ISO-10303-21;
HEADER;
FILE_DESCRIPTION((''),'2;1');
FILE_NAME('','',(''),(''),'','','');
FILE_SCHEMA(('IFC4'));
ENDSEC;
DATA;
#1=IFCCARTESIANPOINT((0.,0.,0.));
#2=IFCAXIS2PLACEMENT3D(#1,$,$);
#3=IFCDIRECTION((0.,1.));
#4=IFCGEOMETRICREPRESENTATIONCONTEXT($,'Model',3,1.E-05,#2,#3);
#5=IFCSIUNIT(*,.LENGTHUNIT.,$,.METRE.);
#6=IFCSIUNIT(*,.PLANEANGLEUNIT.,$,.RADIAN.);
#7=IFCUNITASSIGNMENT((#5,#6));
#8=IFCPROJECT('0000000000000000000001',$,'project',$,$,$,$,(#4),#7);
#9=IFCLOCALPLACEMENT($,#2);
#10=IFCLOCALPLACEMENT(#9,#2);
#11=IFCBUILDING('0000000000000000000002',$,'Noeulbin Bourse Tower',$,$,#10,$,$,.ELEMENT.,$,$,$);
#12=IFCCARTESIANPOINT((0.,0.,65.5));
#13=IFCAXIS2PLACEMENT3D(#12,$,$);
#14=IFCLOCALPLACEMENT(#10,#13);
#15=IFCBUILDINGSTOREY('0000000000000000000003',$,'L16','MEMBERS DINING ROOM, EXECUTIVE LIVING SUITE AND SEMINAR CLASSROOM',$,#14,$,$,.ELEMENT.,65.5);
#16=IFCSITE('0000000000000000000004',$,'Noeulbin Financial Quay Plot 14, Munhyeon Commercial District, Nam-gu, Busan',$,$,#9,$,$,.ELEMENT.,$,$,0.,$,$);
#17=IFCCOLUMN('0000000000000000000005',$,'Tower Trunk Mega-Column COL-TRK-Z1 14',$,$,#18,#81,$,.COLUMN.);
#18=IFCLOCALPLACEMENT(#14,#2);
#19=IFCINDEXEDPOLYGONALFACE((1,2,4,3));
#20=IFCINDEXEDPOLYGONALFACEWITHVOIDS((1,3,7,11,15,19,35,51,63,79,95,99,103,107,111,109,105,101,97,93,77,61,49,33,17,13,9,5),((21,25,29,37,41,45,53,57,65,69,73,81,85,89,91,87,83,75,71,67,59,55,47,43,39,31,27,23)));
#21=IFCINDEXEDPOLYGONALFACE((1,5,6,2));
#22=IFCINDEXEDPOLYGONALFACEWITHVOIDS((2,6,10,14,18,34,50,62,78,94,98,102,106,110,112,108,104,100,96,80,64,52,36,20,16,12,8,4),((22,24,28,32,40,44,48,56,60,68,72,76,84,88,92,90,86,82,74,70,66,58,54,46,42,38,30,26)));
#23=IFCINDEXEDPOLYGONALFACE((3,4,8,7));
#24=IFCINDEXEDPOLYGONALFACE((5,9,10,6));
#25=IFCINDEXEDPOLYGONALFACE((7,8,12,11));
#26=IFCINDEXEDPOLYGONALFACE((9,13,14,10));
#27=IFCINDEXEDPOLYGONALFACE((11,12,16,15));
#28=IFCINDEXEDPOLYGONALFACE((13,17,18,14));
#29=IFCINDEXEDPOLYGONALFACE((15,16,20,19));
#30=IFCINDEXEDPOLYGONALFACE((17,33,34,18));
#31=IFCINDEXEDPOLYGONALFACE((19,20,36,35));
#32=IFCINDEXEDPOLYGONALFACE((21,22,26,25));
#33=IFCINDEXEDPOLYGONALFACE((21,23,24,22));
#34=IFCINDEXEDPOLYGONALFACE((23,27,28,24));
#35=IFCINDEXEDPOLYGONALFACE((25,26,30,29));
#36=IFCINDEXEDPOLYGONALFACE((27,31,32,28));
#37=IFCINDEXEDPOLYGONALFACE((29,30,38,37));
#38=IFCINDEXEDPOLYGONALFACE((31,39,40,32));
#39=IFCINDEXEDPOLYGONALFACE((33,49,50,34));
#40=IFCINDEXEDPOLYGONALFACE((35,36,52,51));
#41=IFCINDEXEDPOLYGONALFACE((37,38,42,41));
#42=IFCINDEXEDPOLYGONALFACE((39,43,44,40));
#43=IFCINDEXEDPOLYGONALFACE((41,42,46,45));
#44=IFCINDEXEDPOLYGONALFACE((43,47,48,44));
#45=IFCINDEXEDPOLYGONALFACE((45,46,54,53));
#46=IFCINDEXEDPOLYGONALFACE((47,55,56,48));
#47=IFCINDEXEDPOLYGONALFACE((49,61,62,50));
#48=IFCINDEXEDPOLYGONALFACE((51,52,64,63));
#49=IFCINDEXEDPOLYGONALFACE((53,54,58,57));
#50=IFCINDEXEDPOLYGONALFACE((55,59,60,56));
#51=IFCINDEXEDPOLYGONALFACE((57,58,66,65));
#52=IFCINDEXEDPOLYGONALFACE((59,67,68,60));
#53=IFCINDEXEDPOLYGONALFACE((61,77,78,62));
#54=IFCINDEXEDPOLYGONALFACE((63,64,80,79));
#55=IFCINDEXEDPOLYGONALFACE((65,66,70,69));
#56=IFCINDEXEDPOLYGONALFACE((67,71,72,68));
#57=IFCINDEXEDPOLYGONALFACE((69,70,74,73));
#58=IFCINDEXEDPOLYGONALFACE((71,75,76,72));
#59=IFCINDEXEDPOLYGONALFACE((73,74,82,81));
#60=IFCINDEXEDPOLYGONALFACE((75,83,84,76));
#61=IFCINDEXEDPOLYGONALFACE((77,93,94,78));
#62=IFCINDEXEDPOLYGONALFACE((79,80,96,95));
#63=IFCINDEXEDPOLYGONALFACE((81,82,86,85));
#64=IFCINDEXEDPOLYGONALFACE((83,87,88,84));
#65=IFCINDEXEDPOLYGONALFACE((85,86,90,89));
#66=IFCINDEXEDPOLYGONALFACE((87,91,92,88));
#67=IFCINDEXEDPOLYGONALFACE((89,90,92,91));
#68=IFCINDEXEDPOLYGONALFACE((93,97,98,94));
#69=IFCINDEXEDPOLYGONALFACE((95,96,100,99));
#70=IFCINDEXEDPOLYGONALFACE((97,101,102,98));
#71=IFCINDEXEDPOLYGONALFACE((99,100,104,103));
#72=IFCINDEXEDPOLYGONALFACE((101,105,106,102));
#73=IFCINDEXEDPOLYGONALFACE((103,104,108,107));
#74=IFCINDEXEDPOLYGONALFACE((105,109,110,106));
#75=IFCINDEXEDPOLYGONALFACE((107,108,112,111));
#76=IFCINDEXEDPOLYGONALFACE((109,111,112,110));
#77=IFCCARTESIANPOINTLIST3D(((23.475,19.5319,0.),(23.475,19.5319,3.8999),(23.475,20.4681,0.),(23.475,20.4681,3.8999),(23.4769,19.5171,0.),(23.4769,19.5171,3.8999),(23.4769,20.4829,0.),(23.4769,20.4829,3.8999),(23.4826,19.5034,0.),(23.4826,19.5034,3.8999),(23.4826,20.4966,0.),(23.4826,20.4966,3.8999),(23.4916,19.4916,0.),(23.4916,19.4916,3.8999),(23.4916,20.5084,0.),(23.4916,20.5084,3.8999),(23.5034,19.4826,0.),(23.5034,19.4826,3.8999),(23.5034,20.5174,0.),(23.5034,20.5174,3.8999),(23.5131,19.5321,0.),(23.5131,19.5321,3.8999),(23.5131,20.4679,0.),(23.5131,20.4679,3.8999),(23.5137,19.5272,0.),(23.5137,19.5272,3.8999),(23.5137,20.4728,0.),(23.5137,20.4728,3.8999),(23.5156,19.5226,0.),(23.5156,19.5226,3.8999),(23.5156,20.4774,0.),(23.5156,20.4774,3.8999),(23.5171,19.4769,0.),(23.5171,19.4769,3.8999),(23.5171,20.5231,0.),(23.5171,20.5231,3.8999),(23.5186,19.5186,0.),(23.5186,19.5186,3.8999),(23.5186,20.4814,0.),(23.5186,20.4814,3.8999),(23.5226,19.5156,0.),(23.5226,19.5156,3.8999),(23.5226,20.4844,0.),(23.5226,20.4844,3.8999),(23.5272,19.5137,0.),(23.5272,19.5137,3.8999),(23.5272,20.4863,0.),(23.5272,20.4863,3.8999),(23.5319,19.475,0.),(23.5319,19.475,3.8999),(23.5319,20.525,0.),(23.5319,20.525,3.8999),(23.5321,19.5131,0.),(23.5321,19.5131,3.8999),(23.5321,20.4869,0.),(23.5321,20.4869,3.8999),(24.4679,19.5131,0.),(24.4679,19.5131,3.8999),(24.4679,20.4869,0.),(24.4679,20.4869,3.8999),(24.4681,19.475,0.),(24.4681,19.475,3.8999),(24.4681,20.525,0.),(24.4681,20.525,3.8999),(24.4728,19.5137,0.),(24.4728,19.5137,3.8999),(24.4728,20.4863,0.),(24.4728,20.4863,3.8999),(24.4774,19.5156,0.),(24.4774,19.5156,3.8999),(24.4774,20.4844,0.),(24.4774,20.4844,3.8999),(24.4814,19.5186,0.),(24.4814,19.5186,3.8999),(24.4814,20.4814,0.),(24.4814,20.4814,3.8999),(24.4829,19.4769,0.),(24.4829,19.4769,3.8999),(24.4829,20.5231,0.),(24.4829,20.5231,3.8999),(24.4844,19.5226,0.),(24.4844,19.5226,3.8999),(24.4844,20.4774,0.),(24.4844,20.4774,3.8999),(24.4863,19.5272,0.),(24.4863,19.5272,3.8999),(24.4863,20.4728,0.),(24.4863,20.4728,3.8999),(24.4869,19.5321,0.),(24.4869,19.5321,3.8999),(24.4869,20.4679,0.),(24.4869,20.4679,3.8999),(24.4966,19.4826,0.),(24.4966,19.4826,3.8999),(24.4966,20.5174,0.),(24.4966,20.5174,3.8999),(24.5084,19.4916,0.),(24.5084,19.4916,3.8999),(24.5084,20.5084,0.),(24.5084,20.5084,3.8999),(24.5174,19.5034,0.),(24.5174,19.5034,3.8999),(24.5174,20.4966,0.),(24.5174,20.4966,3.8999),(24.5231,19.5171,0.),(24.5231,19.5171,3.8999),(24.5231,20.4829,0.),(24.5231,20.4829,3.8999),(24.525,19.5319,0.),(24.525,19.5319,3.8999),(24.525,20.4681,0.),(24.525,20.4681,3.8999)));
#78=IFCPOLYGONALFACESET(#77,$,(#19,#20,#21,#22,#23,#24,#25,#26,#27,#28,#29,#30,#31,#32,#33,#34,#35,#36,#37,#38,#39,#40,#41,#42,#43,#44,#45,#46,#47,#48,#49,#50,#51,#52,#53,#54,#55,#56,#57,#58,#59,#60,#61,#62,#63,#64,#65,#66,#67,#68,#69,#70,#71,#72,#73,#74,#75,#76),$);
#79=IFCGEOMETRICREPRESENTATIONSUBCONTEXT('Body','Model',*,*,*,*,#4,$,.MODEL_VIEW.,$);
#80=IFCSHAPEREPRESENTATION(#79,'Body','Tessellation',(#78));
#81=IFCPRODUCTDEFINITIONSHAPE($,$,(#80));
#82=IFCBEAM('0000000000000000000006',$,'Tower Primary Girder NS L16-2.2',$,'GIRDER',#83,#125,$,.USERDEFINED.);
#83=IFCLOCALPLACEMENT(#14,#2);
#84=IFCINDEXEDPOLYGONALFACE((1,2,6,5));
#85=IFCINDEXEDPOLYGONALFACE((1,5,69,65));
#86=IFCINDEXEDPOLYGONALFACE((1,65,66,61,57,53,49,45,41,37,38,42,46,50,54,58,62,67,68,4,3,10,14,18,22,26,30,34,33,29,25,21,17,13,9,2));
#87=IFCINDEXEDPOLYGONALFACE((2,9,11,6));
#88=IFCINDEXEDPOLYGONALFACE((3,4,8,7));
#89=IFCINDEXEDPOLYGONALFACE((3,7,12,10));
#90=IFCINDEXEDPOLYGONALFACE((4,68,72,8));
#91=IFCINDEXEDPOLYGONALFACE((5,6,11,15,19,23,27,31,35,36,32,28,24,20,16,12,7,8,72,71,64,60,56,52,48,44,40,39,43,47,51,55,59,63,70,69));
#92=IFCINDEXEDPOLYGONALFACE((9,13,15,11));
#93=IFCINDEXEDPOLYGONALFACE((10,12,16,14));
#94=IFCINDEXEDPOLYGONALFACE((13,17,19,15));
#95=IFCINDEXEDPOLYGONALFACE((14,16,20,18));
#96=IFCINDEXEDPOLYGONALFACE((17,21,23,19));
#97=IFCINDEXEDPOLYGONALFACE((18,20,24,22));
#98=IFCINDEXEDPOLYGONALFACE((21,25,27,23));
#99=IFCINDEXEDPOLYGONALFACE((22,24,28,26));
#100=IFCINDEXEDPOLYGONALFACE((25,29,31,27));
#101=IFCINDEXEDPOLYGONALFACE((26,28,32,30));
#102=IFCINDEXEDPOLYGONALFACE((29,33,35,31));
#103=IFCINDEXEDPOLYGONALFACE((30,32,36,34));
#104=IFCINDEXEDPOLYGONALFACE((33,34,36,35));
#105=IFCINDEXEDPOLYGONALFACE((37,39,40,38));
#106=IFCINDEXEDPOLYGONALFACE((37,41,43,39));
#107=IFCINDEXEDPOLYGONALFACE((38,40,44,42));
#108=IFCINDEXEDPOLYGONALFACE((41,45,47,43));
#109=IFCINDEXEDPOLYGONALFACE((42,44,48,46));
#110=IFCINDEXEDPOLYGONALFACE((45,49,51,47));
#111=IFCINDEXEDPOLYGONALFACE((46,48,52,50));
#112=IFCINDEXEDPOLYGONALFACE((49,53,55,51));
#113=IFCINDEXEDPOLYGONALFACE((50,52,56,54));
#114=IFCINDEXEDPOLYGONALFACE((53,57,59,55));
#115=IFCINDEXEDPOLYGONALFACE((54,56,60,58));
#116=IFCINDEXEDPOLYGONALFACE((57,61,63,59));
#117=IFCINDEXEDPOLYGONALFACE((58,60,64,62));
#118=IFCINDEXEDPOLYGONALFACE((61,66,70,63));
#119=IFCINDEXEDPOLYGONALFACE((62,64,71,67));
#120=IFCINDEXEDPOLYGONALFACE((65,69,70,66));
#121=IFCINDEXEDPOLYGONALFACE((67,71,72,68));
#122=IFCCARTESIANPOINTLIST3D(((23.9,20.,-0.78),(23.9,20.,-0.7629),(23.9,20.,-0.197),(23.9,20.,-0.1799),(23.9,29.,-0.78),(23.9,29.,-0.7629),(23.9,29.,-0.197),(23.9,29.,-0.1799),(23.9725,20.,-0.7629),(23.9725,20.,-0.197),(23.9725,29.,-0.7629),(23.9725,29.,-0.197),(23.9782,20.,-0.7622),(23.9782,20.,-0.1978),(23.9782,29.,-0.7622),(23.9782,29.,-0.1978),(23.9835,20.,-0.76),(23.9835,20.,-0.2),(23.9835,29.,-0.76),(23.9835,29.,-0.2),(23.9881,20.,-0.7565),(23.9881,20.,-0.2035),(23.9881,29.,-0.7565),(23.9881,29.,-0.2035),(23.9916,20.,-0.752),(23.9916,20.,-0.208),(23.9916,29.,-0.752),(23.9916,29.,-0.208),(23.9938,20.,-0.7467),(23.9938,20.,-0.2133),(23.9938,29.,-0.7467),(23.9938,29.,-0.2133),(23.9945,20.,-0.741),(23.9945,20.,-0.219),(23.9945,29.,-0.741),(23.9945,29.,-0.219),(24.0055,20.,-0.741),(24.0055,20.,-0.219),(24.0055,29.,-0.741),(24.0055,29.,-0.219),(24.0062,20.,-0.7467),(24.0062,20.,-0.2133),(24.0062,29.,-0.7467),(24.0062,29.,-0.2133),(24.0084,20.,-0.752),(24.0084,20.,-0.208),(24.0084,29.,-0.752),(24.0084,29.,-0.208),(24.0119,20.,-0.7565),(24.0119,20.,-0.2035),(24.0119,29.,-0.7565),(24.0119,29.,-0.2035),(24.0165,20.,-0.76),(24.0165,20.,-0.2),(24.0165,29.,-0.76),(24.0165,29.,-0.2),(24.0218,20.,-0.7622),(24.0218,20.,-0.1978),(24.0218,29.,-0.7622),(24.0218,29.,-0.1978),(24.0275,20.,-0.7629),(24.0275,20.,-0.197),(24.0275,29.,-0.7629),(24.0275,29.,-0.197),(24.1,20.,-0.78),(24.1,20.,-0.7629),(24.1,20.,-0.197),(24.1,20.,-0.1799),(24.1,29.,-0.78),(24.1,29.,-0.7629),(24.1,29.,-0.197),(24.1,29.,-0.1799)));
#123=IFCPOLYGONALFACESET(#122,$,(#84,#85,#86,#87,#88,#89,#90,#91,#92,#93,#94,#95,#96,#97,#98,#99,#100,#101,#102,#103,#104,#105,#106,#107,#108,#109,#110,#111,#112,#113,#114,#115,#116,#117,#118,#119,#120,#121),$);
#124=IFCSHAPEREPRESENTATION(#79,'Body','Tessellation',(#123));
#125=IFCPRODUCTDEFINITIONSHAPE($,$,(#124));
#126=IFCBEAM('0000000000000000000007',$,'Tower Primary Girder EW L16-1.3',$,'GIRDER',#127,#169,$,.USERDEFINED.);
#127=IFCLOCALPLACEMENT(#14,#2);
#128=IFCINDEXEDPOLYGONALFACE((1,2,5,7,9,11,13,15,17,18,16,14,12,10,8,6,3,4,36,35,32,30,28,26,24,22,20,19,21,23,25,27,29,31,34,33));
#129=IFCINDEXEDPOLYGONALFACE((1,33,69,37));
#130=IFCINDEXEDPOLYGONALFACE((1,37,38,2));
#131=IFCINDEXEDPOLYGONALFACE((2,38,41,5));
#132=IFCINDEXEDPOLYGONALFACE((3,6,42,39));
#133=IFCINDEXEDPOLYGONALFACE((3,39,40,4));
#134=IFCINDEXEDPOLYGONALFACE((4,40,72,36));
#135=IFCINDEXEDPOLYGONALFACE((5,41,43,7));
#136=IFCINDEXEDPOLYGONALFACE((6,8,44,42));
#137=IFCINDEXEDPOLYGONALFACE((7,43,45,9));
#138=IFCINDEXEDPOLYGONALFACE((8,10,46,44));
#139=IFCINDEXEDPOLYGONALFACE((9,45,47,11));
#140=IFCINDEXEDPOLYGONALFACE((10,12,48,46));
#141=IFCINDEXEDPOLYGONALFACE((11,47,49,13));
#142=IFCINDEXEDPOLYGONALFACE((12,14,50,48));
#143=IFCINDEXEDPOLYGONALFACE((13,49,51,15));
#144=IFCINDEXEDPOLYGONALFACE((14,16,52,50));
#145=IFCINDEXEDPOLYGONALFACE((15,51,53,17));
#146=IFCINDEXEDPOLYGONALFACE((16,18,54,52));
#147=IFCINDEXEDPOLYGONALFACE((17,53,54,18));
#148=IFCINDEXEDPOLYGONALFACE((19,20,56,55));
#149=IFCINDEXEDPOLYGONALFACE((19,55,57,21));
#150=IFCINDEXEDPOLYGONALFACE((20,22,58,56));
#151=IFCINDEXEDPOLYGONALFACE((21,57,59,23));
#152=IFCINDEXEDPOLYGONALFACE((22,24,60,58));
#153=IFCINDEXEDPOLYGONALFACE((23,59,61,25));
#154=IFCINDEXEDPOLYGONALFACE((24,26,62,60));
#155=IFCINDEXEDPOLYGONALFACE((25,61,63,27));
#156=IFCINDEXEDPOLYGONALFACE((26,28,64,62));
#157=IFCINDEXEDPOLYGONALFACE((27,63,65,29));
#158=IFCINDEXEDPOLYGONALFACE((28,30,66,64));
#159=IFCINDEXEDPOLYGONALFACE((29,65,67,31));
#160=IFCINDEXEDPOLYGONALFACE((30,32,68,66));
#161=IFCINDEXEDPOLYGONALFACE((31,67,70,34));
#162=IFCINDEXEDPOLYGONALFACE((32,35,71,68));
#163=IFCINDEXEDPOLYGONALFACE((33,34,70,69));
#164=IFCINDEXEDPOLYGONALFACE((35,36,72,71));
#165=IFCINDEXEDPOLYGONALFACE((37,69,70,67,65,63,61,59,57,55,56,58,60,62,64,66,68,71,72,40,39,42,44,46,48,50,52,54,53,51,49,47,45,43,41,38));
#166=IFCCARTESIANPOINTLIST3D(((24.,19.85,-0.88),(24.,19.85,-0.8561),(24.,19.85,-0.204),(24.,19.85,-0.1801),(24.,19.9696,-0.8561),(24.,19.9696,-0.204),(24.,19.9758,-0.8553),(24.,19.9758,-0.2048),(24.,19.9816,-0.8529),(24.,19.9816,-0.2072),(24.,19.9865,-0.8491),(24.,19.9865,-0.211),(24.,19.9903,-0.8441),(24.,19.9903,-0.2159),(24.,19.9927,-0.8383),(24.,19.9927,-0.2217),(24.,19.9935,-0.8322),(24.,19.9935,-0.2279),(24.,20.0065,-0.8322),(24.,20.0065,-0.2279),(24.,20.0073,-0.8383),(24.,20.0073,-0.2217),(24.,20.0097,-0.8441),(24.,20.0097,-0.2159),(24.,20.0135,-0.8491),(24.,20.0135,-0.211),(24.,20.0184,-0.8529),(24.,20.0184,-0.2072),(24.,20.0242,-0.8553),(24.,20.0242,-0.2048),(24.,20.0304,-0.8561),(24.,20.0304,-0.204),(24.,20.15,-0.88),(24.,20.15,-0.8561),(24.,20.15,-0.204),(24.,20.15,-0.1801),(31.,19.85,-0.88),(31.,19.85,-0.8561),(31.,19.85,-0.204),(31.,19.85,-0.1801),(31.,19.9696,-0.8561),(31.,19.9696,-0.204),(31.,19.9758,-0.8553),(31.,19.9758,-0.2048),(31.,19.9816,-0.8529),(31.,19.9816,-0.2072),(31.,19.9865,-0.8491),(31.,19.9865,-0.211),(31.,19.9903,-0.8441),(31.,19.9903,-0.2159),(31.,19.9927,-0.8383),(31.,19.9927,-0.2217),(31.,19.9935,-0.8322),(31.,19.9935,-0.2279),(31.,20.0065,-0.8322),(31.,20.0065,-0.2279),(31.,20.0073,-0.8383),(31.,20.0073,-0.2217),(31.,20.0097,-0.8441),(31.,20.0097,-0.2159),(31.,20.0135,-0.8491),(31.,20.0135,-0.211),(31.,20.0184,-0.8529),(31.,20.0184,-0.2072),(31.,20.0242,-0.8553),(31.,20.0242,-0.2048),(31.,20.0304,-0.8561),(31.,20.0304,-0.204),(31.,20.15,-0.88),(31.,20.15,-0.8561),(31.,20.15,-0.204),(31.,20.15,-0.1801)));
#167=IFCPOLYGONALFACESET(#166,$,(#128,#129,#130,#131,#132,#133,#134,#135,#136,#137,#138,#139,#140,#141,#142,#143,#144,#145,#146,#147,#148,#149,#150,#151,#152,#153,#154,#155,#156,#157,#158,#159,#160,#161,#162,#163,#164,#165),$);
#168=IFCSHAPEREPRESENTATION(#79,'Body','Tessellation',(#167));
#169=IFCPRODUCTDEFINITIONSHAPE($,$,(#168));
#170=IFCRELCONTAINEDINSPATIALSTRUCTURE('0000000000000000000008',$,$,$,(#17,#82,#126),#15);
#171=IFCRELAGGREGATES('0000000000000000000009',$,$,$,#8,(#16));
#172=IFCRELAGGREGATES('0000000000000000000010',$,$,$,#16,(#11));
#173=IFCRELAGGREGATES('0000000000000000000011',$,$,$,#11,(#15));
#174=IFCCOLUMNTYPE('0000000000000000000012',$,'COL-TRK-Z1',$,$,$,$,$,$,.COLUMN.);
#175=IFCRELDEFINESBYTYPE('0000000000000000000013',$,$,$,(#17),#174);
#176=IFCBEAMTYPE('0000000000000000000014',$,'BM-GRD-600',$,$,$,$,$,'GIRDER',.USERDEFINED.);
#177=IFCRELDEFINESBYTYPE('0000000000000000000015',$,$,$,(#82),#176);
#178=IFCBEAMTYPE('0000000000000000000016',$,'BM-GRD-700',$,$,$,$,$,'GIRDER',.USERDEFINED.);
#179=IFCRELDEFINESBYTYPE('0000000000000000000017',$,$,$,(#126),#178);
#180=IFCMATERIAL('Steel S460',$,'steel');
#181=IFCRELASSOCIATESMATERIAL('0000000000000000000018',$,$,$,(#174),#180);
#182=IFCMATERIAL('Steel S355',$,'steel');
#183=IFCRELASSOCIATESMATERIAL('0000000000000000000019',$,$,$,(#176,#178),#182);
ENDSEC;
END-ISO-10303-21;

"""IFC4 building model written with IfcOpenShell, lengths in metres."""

from ifc_helpers import new_model, si_unit, direction, frame, origin, origin_2d, place, context, subcontext, project, spatial, hollow_rectangle, i_section, extrude, material, material_profile, profile_set, type_object, element, save


model = new_model("IFC4")

# Units and contexts
model_context = context("Model", 3, precision=1e-05, world=origin(), true_north=direction((0.0, 1.0)))
body_context = subcontext(model_context, "Body", "Model", "MODEL_VIEW")
ifc_project = project(units=[si_unit("LENGTHUNIT", "METRE"), si_unit("PLANEANGLEUNIT", "RADIAN")], contexts=[model_context])

# Site, building, storey
site_placement = place(None, origin())
site = spatial("IfcSite", under=ifc_project, at=site_placement, Name="Noeulbin Financial Quay Plot 14, Munhyeon Commercial District, Nam-gu, Busan", CompositionType="ELEMENT", RefElevation=0.0)
building_placement = place(site_placement, origin())
building = spatial("IfcBuilding", under=site, at=building_placement, Name="Noeulbin Bourse Tower", CompositionType="ELEMENT")
storey_placement = place(building_placement, frame((0.0, 0.0, 65.5)))
storey = spatial("IfcBuildingStorey", under=building, at=storey_placement, Name="L16", Description="MEMBERS DINING ROOM, EXECUTIVE LIVING SUITE AND SEMINAR CLASSROOM", CompositionType="ELEMENT", Elevation=65.5)

# Column
ifc_material_1 = material(Name="Steel S460", Category="steel")
ifc_material_profile_1 = material_profile(ifc_material_1, hollow_rectangle(XDim=1.05, YDim=1.05, WallThickness=0.0381, InnerFilletRadius=0.019, OuterFilletRadius=0.0569, at=origin_2d()), Name="BOX-1050x1050x38", Category="LoadBearing")
ifc_profile_set_1 = profile_set([ifc_material_profile_1], Name="Steel S460")
column_type = type_object("IfcColumnType", Name="COL-TRK-Z1", PredefinedType="COLUMN", material=ifc_profile_set_1)
column_placement = place(storey_placement, frame((24.0, 20.0, 0.0), z_axis=(0.0, 0.0, 1.0), x_axis=(1.0, 0.0, 0.0)))
element("IfcColumn", 1, at=column_placement, inside=storey, type_object=column_type, Name="Tower Trunk Mega-Column COL-TRK-Z1 14", PredefinedType="COLUMN", context=body_context, shape_type="SweptSolid", body=[
    extrude(hollow_rectangle(XDim=1.05, YDim=1.05, WallThickness=0.0381, InnerFilletRadius=0.019, OuterFilletRadius=0.0569, at=origin_2d()), origin(), (0.0, 0.0, 1.0), 3.8999),
])

# Beams
ifc_material_2 = material(Name="Steel S355", Category="steel")
ifc_material_profile_2 = material_profile(ifc_material_2, i_section(OverallWidth=0.2, OverallDepth=0.6001, WebThickness=0.011, FlangeThickness=0.0171, FilletRadius=0.022, at=origin_2d()), Name="H-600x200x11x17", Category="LoadBearing")
ifc_profile_set_2 = profile_set([ifc_material_profile_2], Name="Steel S355")
beam_type_1 = type_object("IfcBeamType", Name="BM-GRD-600", ElementType="GIRDER", PredefinedType="USERDEFINED", material=ifc_profile_set_2)
beam_1_placement = place(storey_placement, frame((24.0, 20.0, -0.48), z_axis=(0.0, 1.0, 0.0), x_axis=(-1.0, 0.0, 0.0)))
element("IfcBeam", 2, at=beam_1_placement, inside=storey, type_object=beam_type_1, Name="Tower Primary Girder NS L16-2.2", ObjectType="GIRDER", PredefinedType="USERDEFINED", context=body_context, shape_type="SweptSolid", body=[
    extrude(i_section(OverallWidth=0.2, OverallDepth=0.6001, WebThickness=0.011, FlangeThickness=0.0171, FilletRadius=0.022, at=origin_2d()), origin(), (0.0, 0.0, 1.0), 9.0),
])
ifc_material_profile_3 = material_profile(ifc_material_2, i_section(OverallWidth=0.3, OverallDepth=0.7, WebThickness=0.0129, FlangeThickness=0.0239, FilletRadius=0.0239, at=origin_2d()), Name="H-700x300x13x24", Category="LoadBearing")
ifc_profile_set_3 = profile_set([ifc_material_profile_3], Name="Steel S355")
beam_type_2 = type_object("IfcBeamType", Name="BM-GRD-700", ElementType="GIRDER", PredefinedType="USERDEFINED", material=ifc_profile_set_3)
beam_2_placement = place(storey_placement, frame((24.0, 20.0, -0.53), z_axis=(1.0, 0.0, 0.0), x_axis=(0.0, 1.0, 0.0)))
element("IfcBeam", 3, at=beam_2_placement, inside=storey, type_object=beam_type_2, Name="Tower Primary Girder EW L16-1.3", ObjectType="GIRDER", PredefinedType="USERDEFINED", context=body_context, shape_type="SweptSolid", body=[
    extrude(i_section(OverallWidth=0.3, OverallDepth=0.7, WebThickness=0.0129, FlangeThickness=0.0239, FilletRadius=0.0239, at=origin_2d()), origin(), (0.0, 0.0, 1.0), 7.0),
])

save(model, "model.ifc")
